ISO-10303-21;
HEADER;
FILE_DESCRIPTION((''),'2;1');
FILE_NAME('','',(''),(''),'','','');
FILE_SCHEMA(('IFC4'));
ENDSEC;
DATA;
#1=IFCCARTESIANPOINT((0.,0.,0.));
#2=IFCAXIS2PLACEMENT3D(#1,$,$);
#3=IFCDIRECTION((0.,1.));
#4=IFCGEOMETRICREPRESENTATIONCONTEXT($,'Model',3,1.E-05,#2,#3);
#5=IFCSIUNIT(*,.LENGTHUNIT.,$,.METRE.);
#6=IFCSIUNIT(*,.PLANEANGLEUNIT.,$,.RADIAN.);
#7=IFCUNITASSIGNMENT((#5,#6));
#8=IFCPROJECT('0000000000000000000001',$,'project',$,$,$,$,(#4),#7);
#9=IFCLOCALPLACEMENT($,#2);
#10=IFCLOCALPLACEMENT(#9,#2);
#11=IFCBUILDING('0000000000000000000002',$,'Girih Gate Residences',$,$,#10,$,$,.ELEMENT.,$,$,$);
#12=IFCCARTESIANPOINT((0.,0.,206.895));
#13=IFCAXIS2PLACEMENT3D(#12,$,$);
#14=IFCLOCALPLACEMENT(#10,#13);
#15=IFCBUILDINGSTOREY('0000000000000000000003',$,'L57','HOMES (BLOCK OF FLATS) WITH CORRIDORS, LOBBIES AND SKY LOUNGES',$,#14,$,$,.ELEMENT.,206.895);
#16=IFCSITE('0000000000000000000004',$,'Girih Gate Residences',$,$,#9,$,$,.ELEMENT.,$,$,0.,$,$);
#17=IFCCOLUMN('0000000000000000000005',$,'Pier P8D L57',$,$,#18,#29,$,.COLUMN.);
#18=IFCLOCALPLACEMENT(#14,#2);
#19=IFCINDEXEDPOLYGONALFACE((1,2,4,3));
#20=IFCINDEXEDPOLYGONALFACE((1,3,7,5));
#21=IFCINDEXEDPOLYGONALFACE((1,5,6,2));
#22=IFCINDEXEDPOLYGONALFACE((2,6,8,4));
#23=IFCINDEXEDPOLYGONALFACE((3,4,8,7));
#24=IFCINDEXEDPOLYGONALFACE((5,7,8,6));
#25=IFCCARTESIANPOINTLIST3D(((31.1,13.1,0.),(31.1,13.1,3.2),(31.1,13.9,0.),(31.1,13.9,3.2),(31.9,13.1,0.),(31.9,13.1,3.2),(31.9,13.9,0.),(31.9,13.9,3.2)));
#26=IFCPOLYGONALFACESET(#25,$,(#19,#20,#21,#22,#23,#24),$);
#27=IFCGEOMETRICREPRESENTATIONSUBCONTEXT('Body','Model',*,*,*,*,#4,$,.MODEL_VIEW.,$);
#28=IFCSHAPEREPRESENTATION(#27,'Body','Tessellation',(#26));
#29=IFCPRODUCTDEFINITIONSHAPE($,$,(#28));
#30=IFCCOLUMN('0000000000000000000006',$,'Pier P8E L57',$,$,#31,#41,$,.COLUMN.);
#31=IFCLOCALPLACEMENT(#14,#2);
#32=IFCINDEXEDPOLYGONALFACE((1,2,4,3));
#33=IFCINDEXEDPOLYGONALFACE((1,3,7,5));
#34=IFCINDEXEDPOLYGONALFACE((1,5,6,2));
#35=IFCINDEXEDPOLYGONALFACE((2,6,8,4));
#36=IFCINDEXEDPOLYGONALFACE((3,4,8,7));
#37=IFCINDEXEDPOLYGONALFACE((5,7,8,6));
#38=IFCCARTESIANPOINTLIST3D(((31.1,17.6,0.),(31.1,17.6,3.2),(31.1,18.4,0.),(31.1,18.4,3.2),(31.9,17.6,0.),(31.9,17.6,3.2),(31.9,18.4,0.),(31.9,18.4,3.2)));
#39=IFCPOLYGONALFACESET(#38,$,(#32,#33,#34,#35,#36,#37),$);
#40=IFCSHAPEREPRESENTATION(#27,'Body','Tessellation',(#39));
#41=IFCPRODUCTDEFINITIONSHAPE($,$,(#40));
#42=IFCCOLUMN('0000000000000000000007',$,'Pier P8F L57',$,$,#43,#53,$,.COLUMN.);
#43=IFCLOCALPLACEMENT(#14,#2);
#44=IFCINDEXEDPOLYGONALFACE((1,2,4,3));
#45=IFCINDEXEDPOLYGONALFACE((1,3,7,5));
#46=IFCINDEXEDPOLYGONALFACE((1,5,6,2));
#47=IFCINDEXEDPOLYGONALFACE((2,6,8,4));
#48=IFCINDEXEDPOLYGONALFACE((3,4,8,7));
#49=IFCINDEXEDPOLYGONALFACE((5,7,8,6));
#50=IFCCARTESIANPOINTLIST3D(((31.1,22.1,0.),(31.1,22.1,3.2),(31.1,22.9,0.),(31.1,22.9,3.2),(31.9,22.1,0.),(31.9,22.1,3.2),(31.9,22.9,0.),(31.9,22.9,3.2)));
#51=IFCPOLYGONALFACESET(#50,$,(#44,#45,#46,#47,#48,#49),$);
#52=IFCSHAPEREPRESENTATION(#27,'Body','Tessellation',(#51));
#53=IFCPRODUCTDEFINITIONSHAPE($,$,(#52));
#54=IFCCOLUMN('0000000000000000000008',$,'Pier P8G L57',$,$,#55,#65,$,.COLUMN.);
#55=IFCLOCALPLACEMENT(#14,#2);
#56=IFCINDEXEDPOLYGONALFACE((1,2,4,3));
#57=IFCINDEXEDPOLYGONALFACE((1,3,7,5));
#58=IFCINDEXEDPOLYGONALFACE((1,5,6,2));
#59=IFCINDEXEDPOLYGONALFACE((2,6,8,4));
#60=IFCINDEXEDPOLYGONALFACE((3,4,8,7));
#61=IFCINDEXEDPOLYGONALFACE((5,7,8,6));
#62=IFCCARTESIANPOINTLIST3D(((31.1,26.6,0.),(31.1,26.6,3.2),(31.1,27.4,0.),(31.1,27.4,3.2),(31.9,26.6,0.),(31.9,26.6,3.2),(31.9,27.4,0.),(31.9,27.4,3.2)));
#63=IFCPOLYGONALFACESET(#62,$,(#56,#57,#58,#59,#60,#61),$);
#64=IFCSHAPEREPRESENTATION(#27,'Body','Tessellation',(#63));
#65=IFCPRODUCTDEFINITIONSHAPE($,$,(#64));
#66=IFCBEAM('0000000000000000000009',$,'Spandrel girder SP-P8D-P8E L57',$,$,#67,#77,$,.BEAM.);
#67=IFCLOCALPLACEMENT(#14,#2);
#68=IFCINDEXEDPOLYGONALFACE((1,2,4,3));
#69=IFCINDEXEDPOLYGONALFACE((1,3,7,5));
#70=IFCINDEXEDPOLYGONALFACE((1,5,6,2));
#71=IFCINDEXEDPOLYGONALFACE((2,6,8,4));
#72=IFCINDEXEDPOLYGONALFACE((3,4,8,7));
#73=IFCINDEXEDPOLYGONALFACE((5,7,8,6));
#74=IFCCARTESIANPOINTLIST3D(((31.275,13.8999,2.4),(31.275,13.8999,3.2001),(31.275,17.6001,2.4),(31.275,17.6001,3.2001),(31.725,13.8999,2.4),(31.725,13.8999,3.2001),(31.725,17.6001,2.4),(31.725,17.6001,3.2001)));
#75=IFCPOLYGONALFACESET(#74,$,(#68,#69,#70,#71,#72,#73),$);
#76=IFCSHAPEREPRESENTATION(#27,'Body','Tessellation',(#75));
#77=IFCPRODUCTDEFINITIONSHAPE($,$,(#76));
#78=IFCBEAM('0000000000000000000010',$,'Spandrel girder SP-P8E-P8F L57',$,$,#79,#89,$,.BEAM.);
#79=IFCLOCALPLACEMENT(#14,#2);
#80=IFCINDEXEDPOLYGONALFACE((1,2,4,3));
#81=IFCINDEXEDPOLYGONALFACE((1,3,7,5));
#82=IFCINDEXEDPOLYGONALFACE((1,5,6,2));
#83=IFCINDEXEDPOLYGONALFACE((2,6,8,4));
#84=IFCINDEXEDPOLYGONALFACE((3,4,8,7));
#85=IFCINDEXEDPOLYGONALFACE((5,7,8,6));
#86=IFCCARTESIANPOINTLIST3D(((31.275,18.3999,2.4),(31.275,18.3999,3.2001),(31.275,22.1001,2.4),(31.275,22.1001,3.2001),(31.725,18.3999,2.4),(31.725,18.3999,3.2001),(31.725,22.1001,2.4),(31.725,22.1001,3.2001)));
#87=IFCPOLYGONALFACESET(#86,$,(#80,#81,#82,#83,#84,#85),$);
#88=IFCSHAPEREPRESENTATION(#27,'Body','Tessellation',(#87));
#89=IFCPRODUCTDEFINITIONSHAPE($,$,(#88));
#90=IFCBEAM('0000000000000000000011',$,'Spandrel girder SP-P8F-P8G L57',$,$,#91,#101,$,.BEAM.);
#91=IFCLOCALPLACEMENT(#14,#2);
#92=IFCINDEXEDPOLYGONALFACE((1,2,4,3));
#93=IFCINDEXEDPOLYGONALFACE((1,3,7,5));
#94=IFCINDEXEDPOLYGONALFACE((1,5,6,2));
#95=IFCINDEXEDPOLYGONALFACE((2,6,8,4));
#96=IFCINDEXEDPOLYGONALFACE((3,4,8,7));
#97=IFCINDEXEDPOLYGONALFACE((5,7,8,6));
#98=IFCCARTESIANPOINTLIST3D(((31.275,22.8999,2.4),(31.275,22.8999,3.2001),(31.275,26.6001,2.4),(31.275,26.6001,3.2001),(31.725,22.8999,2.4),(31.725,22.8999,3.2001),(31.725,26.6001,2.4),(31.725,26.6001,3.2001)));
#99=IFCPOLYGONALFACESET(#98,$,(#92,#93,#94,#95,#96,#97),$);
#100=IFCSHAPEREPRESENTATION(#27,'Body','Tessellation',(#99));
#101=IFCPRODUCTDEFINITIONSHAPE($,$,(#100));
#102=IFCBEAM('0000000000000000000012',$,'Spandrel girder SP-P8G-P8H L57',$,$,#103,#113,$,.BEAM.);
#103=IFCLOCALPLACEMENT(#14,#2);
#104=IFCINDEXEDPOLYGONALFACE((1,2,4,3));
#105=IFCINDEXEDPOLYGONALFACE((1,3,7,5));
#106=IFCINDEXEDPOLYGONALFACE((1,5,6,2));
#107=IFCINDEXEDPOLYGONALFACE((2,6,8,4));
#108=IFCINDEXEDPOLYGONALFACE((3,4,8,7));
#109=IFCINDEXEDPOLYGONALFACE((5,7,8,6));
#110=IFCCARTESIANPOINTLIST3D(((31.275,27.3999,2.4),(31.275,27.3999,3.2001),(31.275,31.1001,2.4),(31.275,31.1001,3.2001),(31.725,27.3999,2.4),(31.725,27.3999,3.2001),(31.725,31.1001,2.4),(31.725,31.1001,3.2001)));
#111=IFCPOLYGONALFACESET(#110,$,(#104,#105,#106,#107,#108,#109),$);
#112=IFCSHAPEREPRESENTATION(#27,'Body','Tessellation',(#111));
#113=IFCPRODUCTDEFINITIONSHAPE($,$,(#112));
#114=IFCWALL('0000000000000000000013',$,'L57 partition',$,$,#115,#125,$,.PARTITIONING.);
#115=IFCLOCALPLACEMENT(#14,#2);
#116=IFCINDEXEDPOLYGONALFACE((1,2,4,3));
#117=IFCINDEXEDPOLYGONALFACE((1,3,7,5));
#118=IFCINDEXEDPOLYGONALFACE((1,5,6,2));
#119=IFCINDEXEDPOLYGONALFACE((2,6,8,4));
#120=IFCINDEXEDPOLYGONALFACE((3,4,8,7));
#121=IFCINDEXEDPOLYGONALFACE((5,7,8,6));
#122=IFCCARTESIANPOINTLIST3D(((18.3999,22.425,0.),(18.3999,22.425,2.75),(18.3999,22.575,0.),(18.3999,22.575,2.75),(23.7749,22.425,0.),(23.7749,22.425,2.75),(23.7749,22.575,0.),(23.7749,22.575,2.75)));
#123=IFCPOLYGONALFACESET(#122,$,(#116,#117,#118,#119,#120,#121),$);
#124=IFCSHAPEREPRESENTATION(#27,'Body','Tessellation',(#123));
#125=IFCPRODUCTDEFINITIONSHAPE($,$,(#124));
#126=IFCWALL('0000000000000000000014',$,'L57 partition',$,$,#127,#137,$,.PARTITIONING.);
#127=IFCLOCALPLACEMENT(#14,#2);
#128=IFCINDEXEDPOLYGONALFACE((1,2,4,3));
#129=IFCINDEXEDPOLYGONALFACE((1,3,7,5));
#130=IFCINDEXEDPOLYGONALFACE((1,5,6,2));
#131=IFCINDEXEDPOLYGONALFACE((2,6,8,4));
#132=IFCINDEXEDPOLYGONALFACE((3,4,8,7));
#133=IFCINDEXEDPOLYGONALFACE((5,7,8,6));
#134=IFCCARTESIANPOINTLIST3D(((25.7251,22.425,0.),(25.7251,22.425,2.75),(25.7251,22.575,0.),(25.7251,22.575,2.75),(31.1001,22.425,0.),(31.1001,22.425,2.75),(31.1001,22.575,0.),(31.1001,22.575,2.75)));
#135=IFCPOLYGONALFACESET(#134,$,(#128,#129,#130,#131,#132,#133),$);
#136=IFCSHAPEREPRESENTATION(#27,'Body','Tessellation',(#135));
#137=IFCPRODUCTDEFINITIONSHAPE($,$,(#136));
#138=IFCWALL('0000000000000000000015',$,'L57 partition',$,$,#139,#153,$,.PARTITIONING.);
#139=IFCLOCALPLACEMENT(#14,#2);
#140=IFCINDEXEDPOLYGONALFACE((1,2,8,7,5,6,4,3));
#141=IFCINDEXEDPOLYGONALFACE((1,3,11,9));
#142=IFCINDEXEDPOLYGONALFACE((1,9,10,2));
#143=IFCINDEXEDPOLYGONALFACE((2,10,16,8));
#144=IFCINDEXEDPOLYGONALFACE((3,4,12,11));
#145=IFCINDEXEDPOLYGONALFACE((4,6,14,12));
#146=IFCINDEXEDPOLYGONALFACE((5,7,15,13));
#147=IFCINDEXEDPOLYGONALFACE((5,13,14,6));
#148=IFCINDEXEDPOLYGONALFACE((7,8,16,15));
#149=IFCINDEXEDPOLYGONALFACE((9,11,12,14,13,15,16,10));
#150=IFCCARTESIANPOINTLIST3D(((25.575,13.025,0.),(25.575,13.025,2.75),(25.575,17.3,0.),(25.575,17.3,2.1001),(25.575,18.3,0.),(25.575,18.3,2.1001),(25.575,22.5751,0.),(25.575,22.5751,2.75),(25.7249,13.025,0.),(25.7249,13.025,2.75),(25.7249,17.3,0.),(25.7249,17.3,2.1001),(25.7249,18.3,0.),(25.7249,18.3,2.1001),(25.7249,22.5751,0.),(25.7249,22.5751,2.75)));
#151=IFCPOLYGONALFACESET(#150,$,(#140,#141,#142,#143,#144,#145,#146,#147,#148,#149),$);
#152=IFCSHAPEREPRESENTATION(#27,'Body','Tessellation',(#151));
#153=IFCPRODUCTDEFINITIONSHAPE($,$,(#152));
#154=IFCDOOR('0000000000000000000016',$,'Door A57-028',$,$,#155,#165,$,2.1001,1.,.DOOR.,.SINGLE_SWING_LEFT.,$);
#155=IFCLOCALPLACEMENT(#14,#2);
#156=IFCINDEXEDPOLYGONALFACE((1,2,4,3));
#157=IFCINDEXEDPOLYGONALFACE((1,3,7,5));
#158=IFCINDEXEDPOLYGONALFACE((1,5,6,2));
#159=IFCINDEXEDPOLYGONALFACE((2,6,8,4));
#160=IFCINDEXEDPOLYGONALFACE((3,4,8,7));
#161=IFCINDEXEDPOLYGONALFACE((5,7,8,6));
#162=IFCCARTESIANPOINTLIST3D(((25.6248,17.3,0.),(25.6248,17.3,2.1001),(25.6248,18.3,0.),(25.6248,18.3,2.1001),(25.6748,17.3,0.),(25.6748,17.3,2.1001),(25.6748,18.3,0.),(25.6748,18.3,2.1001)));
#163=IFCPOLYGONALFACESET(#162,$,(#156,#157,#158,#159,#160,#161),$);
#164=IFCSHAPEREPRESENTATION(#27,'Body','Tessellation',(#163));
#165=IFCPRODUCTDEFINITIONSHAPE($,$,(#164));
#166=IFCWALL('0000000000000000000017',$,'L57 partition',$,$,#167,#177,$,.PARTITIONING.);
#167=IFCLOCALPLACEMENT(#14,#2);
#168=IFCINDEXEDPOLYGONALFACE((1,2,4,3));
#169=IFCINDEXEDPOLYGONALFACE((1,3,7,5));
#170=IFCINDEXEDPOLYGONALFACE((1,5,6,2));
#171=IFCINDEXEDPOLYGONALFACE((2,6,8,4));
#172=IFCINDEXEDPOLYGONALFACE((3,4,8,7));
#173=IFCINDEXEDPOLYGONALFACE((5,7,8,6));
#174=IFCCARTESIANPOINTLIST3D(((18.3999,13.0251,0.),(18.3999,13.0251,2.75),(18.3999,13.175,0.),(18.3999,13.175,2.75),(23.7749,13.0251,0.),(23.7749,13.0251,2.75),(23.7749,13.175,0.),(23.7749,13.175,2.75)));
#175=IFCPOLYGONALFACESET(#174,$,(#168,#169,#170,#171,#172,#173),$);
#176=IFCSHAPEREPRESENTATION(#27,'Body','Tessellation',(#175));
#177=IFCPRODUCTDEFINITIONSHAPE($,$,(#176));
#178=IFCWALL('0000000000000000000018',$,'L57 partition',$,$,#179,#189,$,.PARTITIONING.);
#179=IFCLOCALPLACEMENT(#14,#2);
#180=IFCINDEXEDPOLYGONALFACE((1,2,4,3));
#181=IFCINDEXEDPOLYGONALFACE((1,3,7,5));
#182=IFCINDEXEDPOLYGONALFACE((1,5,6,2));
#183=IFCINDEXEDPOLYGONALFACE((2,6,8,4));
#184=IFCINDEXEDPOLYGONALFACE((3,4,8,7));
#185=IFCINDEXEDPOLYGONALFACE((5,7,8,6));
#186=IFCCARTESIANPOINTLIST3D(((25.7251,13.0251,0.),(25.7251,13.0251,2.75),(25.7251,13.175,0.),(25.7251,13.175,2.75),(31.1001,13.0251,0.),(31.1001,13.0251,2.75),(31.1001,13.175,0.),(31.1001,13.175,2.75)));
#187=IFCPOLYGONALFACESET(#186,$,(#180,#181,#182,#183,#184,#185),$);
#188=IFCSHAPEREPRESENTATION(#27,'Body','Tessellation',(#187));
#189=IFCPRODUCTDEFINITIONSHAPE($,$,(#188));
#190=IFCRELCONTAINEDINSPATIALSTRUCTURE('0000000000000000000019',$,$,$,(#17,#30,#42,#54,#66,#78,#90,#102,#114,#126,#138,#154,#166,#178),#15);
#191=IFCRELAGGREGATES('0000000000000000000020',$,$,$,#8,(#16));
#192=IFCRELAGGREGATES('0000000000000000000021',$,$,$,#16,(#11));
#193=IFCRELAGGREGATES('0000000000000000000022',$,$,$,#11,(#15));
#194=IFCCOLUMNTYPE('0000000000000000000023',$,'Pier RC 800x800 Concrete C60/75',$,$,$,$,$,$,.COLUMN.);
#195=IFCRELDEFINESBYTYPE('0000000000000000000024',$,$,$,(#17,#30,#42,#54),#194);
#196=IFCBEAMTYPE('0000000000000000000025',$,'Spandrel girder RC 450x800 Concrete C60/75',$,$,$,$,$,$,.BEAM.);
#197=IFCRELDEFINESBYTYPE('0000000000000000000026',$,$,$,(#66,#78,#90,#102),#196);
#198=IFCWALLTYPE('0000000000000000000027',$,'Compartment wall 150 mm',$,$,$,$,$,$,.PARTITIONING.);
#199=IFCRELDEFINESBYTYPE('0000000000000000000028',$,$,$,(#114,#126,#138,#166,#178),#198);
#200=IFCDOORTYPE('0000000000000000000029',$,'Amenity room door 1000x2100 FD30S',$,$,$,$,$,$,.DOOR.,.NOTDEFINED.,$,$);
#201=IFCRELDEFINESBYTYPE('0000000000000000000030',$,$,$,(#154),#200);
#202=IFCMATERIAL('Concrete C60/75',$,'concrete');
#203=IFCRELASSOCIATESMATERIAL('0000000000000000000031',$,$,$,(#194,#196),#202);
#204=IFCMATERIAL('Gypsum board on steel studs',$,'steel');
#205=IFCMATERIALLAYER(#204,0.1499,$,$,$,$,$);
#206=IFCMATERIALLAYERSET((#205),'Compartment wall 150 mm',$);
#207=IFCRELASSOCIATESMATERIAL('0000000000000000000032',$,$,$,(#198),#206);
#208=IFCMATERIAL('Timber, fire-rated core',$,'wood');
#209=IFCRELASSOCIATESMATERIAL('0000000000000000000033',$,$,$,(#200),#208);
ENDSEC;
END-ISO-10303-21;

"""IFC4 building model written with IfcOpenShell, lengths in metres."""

from ifc_helpers import new_model, si_unit, direction, frame, frame_2d, origin, origin_2d, place, context, subcontext, project, spatial, rectangle, extrude, material, layer, layer_set, material_profile, profile_set, type_object, element, fill, save


model = new_model("IFC4")

# Units and contexts
model_context = context("Model", 3, precision=1e-05, world=origin(), true_north=direction((0.0, 1.0)))
body_context = subcontext(model_context, "Body", "Model", "MODEL_VIEW")
ifc_project = project(units=[si_unit("LENGTHUNIT", "METRE"), si_unit("PLANEANGLEUNIT", "RADIAN")], contexts=[model_context])

# Site, building, storey
site_placement = place(None, origin())
site = spatial("IfcSite", under=ifc_project, at=site_placement, Name="Girih Gate Residences", CompositionType="ELEMENT", RefElevation=0.0)
building_placement = place(site_placement, origin())
building = spatial("IfcBuilding", under=site, at=building_placement, Name="Girih Gate Residences", CompositionType="ELEMENT")
storey_placement = place(building_placement, frame((0.0, 0.0, 206.895)))
storey = spatial("IfcBuildingStorey", under=building, at=storey_placement, Name="L57", Description="HOMES (BLOCK OF FLATS) WITH CORRIDORS, LOBBIES AND SKY LOUNGES", CompositionType="ELEMENT", Elevation=206.895)

# Columns
ifc_material_1 = material(Name="Concrete C60/75", Category="concrete")
ifc_material_profile_1 = material_profile(ifc_material_1, rectangle(XDim=0.8, YDim=0.8, at=origin_2d()))
ifc_profile_set_1 = profile_set([ifc_material_profile_1], Name="Concrete C60/75")
column_type = type_object("IfcColumnType", Name="Pier RC 800x800 Concrete C60/75", PredefinedType="COLUMN", material=ifc_profile_set_1)
for number, where, z_axis, x_axis, name in (
    (1, (31.5, 13.5, 0.0), (0.0, 0.0, 1.0), (1.0, 0.0, 0.0), "Pier P8D L57"),
    (2, (31.5, 18.0, 0.0), (0.0, 0.0, 1.0), (1.0, 0.0, 0.0), "Pier P8E L57"),
    (3, (31.5, 22.5, 0.0), (0.0, 0.0, 1.0), (1.0, 0.0, 0.0), "Pier P8F L57"),
    (4, (31.5, 27.0, 0.0), (0.0, 0.0, 1.0), (1.0, 0.0, 0.0), "Pier P8G L57"),
):
    element("IfcColumn", number, at=place(storey_placement, frame(where, z_axis=z_axis, x_axis=x_axis)), inside=storey, type_object=column_type, Name=name, PredefinedType="COLUMN", context=body_context, shape_type="SweptSolid", body=[
        extrude(rectangle(XDim=0.8, YDim=0.8, at=origin_2d()), origin(), (0.0, 0.0, 1.0), 3.2),
    ])

# Beams
ifc_material_profile_2 = material_profile(ifc_material_1, rectangle(XDim=0.45, YDim=0.8, at=origin_2d()))
ifc_profile_set_2 = profile_set([ifc_material_profile_2], Name="Concrete C60/75")
beam_type = type_object("IfcBeamType", Name="Spandrel girder RC 450x800 Concrete C60/75", PredefinedType="BEAM", material=ifc_profile_set_2)
for number, where, z_axis, x_axis, name in (
    (5, (31.5, 13.8999, 2.8), (0.0, 1.0, 0.0), (-1.0, 0.0, 0.0), "Spandrel girder SP-P8D-P8E L57"),
    (6, (31.5, 18.3999, 2.8), (0.0, 1.0, 0.0), (-1.0, 0.0, 0.0), "Spandrel girder SP-P8E-P8F L57"),
    (7, (31.5, 22.8999, 2.8), (0.0, 1.0, 0.0), (-1.0, 0.0, 0.0), "Spandrel girder SP-P8F-P8G L57"),
    (8, (31.5, 27.3999, 2.8), (0.0, 1.0, 0.0), (-1.0, 0.0, 0.0), "Spandrel girder SP-P8G-P8H L57"),
):
    element("IfcBeam", number, at=place(storey_placement, frame(where, z_axis=z_axis, x_axis=x_axis)), inside=storey, type_object=beam_type, Name=name, PredefinedType="BEAM", context=body_context, shape_type="SweptSolid", body=[
        extrude(rectangle(XDim=0.45, YDim=0.8, at=origin_2d()), origin(), (0.0, 0.0, 1.0), 3.7002),
    ])

# Walls
ifc_material_2 = material(Name="Gypsum board on steel studs", Category="steel")
ifc_layer_1 = layer(ifc_material_2, 0.1499)
ifc_layer_set_1 = layer_set([ifc_layer_1], Name="Compartment wall 150 mm")
wall_type_1 = type_object("IfcWallType", Name="Compartment wall 150 mm", PredefinedType="PARTITIONING", material=ifc_layer_set_1)
for number, where, z_axis, x_axis, name in (
    (9, (18.3999, 22.5, 0.0), (0.0, 0.0, 1.0), (1.0, 0.0, 0.0), "L57 partition"),
    (10, (25.7251, 22.5, 0.0), (0.0, 0.0, 1.0), (1.0, 0.0, 0.0), "L57 partition"),
):
    element("IfcWall", number, at=place(storey_placement, frame(where, z_axis=z_axis, x_axis=x_axis)), inside=storey, type_object=wall_type_1, Name=name, PredefinedType="PARTITIONING", context=body_context, shape_type="SweptSolid", body=[
        extrude(rectangle(XDim=5.375, YDim=0.1499, at=frame_2d((2.6875, 0.0))), origin(), (0.0, 0.0, 1.0), 2.75),
    ])

# Wall, opening, door
wall_1_placement = place(storey_placement, frame((25.6499, 22.575, 0.0), z_axis=(0.0, 0.0, 1.0), x_axis=(0.0, -1.0, 0.0)))
wall_1 = element("IfcWall", 11, at=wall_1_placement, inside=storey, type_object=wall_type_1, Name="L57 partition", PredefinedType="PARTITIONING", context=body_context, shape_type="SweptSolid", body=[
    extrude(rectangle(XDim=9.55, YDim=0.1499, at=frame_2d((4.7749, 0.0))), origin(), (0.0, 0.0, 1.0), 2.75),
])
opening_1_placement = place(wall_1_placement, frame((4.2749, 0.0, 0.0)))
opening_1 = element("IfcOpeningElement", 12, at=opening_1_placement, cuts=wall_1, PredefinedType="OPENING", context=body_context, shape_type="SweptSolid", body=[
    extrude(rectangle(XDim=1.0, YDim=2.1001, at=frame_2d((0.5, 1.05))), frame((0.0, 0.085, 0.0), z_axis=(0.0, -1.0, 0.0), x_axis=(1.0, 0.0, 0.0)), (0.0, 0.0, 1.0), 0.1699),
])
ifc_material_3 = material(Name="Timber, fire-rated core", Category="wood")
door_type_1 = type_object("IfcDoorType", Name="Amenity room door 1000x2100 FD30S", OperationType="NOTDEFINED", PredefinedType="DOOR", material=ifc_material_3)
door_1_placement = place(opening_1_placement, origin())
door_1 = element("IfcDoor", 13, at=door_1_placement, inside=storey, type_object=door_type_1, Name="Door A57-028", OperationType="SINGLE_SWING_LEFT", OverallHeight=2.1001, OverallWidth=1.0, PredefinedType="DOOR", context=body_context, shape_type="SweptSolid", body=[
    extrude(rectangle(XDim=1.0, YDim=2.1001, at=frame_2d((0.5, 1.05))), frame((0.0, 0.0249, 0.0), z_axis=(0.0, -1.0, 0.0), x_axis=(1.0, 0.0, 0.0)), (0.0, 0.0, 1.0), 0.05),
])
fill(opening_1, door_1)

# Walls
for number, where, z_axis, x_axis, name in (
    (14, (18.3999, 13.1001, 0.0), (0.0, 0.0, 1.0), (1.0, 0.0, 0.0), "L57 partition"),
    (15, (25.7251, 13.1001, 0.0), (0.0, 0.0, 1.0), (1.0, 0.0, 0.0), "L57 partition"),
):
    element("IfcWall", number, at=place(storey_placement, frame(where, z_axis=z_axis, x_axis=x_axis)), inside=storey, type_object=wall_type_1, Name=name, PredefinedType="PARTITIONING", context=body_context, shape_type="SweptSolid", body=[
        extrude(rectangle(XDim=5.375, YDim=0.1499, at=frame_2d((2.6875, 0.0))), origin(), (0.0, 0.0, 1.0), 2.75),
    ])

save(model, "model.ifc")
